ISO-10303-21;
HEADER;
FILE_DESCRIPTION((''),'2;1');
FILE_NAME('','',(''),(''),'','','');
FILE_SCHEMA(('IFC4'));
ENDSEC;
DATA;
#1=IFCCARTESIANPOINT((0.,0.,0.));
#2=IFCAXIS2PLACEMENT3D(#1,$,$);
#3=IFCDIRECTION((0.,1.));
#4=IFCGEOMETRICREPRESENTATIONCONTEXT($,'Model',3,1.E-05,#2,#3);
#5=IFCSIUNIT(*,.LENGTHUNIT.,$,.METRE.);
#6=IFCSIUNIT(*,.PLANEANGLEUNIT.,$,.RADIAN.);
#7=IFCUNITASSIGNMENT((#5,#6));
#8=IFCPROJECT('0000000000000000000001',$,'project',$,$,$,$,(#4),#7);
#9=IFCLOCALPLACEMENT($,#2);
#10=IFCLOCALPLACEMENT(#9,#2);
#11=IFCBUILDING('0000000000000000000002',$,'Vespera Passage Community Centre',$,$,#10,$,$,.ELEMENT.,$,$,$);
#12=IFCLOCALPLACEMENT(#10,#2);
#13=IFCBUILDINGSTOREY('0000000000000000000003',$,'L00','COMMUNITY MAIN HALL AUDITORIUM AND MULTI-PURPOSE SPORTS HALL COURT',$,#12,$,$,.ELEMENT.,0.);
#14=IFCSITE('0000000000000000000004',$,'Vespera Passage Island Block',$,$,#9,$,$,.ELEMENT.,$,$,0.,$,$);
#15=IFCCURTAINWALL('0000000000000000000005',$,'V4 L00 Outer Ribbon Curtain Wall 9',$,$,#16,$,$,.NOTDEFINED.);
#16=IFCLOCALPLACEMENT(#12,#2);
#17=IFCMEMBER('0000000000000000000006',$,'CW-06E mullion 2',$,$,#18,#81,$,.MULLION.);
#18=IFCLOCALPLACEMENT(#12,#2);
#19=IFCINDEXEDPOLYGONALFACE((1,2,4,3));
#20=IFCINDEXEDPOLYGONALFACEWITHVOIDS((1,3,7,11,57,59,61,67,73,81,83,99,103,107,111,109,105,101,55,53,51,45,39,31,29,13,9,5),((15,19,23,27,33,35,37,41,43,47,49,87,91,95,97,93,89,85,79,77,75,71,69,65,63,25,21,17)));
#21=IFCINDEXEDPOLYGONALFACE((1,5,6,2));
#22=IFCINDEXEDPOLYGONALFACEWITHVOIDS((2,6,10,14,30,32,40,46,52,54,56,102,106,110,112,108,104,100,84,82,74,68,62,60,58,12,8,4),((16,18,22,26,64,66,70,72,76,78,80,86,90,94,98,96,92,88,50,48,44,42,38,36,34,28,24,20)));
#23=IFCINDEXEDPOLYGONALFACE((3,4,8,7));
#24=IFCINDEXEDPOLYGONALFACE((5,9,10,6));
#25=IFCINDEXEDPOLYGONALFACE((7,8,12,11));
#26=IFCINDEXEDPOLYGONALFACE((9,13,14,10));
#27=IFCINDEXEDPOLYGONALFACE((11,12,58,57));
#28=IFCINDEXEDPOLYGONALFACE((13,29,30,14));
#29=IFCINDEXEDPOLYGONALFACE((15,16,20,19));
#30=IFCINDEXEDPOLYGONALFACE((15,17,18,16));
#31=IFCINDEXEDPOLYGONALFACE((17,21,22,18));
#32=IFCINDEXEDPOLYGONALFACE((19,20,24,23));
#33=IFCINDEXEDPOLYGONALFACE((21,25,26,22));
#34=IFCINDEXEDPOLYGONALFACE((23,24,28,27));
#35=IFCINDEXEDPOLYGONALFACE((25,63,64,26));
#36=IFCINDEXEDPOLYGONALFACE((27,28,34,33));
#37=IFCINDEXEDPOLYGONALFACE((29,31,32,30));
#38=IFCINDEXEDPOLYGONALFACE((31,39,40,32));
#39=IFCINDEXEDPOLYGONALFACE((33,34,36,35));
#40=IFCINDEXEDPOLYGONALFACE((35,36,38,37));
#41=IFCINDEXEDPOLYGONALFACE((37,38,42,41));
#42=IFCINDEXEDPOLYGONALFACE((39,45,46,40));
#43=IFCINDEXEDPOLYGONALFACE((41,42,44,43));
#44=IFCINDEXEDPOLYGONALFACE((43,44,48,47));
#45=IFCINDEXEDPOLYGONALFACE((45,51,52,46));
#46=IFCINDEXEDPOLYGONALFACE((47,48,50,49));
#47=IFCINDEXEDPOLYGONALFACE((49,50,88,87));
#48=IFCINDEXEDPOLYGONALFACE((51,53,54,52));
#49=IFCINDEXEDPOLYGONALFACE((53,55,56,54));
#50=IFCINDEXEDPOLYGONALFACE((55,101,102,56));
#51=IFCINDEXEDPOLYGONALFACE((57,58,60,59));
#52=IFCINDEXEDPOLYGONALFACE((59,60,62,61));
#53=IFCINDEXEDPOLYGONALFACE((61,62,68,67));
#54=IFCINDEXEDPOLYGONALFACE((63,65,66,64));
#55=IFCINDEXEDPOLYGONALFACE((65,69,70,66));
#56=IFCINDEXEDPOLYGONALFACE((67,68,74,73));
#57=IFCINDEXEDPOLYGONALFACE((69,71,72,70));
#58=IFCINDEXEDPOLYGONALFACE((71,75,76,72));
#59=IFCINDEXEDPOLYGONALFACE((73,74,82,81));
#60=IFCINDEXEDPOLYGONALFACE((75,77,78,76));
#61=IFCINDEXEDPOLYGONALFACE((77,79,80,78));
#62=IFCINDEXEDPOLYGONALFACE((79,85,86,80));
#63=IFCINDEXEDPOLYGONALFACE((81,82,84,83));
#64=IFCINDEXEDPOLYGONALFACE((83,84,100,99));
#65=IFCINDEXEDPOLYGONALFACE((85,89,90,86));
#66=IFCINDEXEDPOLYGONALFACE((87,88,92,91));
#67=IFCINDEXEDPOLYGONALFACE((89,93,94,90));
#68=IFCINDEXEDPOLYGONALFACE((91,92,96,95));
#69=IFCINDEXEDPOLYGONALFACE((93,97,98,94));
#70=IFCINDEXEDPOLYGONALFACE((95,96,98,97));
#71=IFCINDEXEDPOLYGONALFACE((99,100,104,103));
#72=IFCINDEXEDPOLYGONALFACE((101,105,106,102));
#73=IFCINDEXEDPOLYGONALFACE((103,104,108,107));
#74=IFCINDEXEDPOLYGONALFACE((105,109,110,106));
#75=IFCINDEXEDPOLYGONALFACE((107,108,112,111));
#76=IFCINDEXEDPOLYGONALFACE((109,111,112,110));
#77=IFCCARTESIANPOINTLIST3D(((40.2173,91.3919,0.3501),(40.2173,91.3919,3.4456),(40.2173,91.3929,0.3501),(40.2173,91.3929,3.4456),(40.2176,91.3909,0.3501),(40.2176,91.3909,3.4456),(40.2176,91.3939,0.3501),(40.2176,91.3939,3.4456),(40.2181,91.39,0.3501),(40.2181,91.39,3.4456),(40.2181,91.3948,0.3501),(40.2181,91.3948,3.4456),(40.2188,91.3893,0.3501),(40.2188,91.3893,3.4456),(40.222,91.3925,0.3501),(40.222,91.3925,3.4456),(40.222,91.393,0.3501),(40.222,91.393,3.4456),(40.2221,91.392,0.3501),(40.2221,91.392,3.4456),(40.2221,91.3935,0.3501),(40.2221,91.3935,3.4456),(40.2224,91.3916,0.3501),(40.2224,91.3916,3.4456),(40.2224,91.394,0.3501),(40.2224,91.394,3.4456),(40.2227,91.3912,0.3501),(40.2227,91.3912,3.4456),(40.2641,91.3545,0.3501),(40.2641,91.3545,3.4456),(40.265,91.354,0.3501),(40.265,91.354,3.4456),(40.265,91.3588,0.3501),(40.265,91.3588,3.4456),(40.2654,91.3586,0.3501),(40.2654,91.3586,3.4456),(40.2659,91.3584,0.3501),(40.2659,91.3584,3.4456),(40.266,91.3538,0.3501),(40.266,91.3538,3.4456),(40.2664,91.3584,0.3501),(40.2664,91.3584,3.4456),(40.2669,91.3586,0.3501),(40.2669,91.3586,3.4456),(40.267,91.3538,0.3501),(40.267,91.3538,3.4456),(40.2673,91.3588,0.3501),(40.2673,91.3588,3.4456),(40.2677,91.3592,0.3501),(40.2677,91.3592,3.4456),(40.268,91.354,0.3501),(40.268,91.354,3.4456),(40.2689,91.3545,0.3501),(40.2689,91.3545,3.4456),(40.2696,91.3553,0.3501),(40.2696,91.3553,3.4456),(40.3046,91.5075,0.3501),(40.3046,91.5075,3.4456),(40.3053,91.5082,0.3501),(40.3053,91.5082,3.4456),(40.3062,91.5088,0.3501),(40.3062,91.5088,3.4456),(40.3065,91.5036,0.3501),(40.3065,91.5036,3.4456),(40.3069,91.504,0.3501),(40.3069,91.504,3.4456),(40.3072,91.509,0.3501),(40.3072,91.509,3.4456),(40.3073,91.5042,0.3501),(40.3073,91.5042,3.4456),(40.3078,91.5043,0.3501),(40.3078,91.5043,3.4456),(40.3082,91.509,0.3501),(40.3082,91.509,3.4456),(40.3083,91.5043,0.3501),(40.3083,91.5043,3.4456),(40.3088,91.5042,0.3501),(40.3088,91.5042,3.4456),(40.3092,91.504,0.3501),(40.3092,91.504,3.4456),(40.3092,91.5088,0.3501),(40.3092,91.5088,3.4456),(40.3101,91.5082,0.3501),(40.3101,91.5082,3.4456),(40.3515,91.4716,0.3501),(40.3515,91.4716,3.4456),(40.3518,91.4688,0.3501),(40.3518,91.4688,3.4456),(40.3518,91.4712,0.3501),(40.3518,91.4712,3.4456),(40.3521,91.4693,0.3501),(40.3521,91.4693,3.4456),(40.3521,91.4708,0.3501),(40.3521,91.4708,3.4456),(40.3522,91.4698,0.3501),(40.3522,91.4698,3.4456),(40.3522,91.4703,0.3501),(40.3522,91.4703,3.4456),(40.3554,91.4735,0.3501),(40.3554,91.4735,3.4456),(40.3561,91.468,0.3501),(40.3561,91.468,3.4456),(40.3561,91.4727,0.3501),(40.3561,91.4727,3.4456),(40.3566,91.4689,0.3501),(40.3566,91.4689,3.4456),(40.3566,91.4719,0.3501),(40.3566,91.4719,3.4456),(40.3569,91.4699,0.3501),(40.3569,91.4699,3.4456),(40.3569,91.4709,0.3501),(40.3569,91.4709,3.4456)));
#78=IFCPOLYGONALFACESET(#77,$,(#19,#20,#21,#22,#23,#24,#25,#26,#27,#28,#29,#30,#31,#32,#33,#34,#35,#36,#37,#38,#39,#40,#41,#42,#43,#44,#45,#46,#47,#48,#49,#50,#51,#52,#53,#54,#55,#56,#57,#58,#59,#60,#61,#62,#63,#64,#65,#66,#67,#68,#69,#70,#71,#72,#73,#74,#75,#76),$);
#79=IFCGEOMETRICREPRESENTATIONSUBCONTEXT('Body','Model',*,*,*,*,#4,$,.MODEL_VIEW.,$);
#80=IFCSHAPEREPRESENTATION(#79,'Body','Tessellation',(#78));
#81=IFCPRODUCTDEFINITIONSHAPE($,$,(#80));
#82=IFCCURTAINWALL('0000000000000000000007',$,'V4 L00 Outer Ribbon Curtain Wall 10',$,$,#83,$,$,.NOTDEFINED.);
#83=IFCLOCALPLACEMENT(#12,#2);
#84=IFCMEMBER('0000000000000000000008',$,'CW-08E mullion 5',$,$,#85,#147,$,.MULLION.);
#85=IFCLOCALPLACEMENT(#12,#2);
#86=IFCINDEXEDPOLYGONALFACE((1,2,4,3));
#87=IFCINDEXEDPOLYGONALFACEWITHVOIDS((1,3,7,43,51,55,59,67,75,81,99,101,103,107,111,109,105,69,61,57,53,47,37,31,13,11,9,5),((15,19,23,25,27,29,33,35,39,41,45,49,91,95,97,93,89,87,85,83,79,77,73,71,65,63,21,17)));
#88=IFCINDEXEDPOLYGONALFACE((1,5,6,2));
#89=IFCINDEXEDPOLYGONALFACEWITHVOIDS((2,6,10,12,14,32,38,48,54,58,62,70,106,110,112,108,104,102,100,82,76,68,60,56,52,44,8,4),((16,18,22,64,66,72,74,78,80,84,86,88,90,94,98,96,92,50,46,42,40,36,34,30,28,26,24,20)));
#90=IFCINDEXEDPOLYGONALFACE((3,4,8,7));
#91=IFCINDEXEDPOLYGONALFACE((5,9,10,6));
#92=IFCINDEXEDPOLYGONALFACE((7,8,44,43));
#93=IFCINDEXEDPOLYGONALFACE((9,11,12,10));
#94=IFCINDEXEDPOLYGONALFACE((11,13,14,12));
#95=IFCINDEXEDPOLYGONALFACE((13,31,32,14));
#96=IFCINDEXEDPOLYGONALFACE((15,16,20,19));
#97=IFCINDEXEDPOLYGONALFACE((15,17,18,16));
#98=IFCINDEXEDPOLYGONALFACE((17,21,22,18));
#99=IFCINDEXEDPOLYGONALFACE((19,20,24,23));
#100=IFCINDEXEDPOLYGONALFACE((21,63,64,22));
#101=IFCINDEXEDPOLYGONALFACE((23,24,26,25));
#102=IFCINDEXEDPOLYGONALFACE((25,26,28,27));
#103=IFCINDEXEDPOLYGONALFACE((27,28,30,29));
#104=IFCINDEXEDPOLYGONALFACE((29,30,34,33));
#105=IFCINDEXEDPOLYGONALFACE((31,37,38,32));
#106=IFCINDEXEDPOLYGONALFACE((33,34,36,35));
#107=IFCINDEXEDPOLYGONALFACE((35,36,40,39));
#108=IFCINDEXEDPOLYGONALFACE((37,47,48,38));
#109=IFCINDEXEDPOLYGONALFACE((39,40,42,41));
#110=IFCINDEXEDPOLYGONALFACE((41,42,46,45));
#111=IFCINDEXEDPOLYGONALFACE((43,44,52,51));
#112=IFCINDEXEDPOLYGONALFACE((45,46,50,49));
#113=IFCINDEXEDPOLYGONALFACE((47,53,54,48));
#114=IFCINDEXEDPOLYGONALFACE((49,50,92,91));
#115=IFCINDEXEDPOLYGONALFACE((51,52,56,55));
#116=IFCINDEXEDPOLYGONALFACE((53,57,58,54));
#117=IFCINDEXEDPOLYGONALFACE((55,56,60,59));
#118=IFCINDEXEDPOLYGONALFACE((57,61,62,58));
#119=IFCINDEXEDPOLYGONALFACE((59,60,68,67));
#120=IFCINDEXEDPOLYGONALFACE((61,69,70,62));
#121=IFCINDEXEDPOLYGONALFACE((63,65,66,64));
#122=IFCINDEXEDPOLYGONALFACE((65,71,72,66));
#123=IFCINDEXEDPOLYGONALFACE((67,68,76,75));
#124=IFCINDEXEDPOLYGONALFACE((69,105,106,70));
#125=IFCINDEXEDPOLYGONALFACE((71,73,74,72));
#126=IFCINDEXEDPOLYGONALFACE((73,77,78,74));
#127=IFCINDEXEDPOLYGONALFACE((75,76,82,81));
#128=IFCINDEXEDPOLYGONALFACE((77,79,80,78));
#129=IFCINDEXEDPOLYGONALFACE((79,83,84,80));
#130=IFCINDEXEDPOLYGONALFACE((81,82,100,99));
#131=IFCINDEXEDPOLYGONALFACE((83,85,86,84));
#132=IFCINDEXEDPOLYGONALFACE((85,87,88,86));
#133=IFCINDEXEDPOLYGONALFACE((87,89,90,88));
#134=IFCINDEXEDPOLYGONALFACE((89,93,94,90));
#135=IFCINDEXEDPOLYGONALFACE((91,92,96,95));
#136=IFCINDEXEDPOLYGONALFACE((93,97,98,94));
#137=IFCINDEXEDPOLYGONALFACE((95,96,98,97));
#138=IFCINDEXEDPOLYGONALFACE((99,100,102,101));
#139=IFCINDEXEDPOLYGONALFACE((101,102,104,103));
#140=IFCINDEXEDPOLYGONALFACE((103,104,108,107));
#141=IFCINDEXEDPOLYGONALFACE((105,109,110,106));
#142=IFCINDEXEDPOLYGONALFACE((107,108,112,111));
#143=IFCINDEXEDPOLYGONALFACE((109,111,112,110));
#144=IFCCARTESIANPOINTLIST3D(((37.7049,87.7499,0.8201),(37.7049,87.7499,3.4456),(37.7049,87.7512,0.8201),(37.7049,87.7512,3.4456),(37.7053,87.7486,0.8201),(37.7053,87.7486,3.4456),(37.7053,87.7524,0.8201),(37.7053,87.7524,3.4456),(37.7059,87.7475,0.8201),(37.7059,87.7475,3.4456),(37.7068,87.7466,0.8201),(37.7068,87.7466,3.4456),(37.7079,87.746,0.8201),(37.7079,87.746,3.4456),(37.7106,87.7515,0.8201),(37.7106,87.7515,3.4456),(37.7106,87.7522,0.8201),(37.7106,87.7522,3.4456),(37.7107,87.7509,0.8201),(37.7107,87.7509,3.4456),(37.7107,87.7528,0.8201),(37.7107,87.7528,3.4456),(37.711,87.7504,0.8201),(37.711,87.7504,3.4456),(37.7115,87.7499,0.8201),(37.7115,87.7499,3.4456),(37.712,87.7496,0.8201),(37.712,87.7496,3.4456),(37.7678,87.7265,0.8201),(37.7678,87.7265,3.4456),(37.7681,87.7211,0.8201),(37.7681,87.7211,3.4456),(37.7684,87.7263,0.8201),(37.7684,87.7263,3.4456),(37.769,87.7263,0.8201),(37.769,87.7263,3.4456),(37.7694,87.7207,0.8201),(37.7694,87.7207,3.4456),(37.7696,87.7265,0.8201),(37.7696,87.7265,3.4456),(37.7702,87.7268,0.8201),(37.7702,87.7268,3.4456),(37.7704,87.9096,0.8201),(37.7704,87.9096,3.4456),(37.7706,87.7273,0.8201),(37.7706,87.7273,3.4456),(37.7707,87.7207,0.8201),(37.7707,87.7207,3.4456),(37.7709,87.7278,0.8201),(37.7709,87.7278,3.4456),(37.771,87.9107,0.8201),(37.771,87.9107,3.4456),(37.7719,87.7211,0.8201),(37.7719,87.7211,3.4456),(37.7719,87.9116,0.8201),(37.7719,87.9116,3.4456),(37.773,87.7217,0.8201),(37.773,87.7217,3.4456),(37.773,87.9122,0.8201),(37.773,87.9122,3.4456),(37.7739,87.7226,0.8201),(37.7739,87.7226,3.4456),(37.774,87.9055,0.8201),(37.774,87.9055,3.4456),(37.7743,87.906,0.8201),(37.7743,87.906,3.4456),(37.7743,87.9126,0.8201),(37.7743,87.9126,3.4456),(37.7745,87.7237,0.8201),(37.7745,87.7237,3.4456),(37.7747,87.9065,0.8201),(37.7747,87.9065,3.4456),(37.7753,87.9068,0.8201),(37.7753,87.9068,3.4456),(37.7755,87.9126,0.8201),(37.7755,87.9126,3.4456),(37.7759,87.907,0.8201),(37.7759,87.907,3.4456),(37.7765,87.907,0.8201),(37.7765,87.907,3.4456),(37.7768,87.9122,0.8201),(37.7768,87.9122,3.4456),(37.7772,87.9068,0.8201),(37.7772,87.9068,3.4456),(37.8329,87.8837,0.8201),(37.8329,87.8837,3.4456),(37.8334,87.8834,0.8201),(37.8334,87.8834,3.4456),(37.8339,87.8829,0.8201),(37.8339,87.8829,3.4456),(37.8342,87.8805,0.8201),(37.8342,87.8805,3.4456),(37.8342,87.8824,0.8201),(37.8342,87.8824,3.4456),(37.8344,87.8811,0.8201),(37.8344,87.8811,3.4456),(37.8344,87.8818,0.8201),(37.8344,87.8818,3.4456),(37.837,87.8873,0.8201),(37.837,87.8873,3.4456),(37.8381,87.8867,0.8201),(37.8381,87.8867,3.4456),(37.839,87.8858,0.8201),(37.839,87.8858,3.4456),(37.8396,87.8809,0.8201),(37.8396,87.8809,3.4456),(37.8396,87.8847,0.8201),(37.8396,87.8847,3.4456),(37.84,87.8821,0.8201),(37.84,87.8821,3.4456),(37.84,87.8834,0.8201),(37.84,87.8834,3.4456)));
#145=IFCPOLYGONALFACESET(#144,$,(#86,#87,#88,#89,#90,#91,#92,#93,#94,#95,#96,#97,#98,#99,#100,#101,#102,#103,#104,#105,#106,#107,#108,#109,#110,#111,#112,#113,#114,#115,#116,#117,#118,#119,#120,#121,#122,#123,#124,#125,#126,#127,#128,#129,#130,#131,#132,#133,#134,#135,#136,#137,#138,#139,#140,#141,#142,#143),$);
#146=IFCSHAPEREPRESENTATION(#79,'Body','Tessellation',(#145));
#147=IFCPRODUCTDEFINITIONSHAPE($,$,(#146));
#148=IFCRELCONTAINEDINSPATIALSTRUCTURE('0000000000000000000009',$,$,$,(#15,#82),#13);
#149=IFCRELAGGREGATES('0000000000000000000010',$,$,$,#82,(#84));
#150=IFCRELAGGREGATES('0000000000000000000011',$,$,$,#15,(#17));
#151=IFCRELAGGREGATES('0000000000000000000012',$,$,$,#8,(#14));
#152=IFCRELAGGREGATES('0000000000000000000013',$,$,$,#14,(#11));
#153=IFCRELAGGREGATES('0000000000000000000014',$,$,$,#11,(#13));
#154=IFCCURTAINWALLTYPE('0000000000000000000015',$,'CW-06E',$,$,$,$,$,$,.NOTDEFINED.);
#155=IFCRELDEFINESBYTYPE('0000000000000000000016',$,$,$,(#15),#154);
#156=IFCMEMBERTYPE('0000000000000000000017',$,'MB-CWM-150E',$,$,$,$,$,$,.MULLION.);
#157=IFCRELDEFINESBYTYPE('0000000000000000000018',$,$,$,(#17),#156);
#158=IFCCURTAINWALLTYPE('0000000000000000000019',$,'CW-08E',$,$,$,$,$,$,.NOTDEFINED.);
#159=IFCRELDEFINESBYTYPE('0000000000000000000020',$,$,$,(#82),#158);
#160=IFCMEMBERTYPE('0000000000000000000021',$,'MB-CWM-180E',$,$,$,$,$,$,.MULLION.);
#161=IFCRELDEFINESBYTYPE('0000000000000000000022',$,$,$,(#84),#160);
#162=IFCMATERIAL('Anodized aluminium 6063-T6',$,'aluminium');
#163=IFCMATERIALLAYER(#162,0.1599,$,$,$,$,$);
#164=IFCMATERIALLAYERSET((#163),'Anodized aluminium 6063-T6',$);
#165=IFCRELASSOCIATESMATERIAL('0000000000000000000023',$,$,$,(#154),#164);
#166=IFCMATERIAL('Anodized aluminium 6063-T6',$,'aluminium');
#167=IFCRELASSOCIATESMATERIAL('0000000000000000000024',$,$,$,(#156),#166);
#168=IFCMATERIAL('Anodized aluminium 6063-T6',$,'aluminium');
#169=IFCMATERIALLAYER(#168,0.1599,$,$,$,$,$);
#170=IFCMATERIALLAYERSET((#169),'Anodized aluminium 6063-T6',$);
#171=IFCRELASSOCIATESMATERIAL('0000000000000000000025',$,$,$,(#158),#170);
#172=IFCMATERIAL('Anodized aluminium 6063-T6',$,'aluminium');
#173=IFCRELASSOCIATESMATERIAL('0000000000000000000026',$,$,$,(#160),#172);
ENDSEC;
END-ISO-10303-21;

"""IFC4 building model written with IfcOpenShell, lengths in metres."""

from ifc_helpers import new_model, si_unit, direction, frame, origin, origin_2d, place, context, subcontext, project, spatial, hollow_rectangle, extrude, material, layer, layer_set, material_profile, profile_set, type_object, element, aggregate, save


model = new_model("IFC4")

# Units and contexts
model_context = context("Model", 3, precision=1e-05, world=origin(), true_north=direction((0.0, 1.0)))
body_context = subcontext(model_context, "Body", "Model", "MODEL_VIEW")
ifc_project = project(units=[si_unit("LENGTHUNIT", "METRE"), si_unit("PLANEANGLEUNIT", "RADIAN")], contexts=[model_context])

# Site, building, storey
site_placement = place(None, origin())
site = spatial("IfcSite", under=ifc_project, at=site_placement, Name="Vespera Passage Island Block", CompositionType="ELEMENT", RefElevation=0.0)
building_placement = place(site_placement, origin())
building = spatial("IfcBuilding", under=site, at=building_placement, Name="Vespera Passage Community Centre", CompositionType="ELEMENT")
storey_placement = place(building_placement, origin())
storey = spatial("IfcBuildingStorey", under=building, at=storey_placement, Name="L00", Description="COMMUNITY MAIN HALL AUDITORIUM AND MULTI-PURPOSE SPORTS HALL COURT", CompositionType="ELEMENT", Elevation=0.0)

# Curtain wall, member
ifc_material_1 = material(Name="Anodized aluminium 6063-T6", Category="aluminium")
ifc_layer_1 = layer(ifc_material_1, 0.1599)
ifc_layer_set_1 = layer_set([ifc_layer_1], Name="Anodized aluminium 6063-T6")
curtain_wall_type_1 = type_object("IfcCurtainWallType", Name="CW-06E", PredefinedType="NOTDEFINED", material=ifc_layer_set_1)
curtain_wall_1_placement = place(storey_placement, origin())
curtain_wall_1 = element("IfcCurtainWall", 1, at=curtain_wall_1_placement, inside=storey, type_object=curtain_wall_type_1, Name="V4 L00 Outer Ribbon Curtain Wall 9", PredefinedType="NOTDEFINED")
ifc_material_2 = material(Name="Anodized aluminium 6063-T6", Category="aluminium")
ifc_material_profile_1 = material_profile(ifc_material_2, hollow_rectangle(XDim=0.0649, YDim=0.1499, WallThickness=0.0039, InnerFilletRadius=0.002, OuterFilletRadius=0.0039, at=origin_2d()), Name="ALU150X65X4")
ifc_profile_set_1 = profile_set([ifc_material_profile_1], Name="Anodized aluminium 6063-T6")
member_type_1 = type_object("IfcMemberType", Name="MB-CWM-150E", PredefinedType="MULLION", material=ifc_profile_set_1)
member_1_placement = place(storey_placement, frame((40.2871, 91.4314, 0.3501), z_axis=(0.0, 0.0, 1.0), x_axis=(-0.79335, 0.608765, 0.0)))
member_1 = element("IfcMember", 2, at=member_1_placement, type_object=member_type_1, Name="CW-06E mullion 2", PredefinedType="MULLION", context=body_context, shape_type="SweptSolid", body=[
    extrude(hollow_rectangle(XDim=0.0649, YDim=0.1499, WallThickness=0.0039, InnerFilletRadius=0.002, OuterFilletRadius=0.0039, at=origin_2d()), origin(), (0.0, 0.0, 1.0), 3.0955),
])

# Curtain wall, member
ifc_material_3 = material(Name="Anodized aluminium 6063-T6", Category="aluminium")
ifc_layer_2 = layer(ifc_material_3, 0.1599)
ifc_layer_set_2 = layer_set([ifc_layer_2], Name="Anodized aluminium 6063-T6")
curtain_wall_type_2 = type_object("IfcCurtainWallType", Name="CW-08E", PredefinedType="NOTDEFINED", material=ifc_layer_set_2)
curtain_wall_2_placement = place(storey_placement, origin())
curtain_wall_2 = element("IfcCurtainWall", 3, at=curtain_wall_2_placement, inside=storey, type_object=curtain_wall_type_2, Name="V4 L00 Outer Ribbon Curtain Wall 10", PredefinedType="NOTDEFINED")
ifc_material_4 = material(Name="Anodized aluminium 6063-T6", Category="aluminium")
ifc_material_profile_2 = material_profile(ifc_material_4, hollow_rectangle(XDim=0.075, YDim=0.1799, WallThickness=0.0049, InnerFilletRadius=0.0024, OuterFilletRadius=0.0049, at=origin_2d()), Name="ALU180X75X5")
ifc_profile_set_2 = profile_set([ifc_material_profile_2], Name="Anodized aluminium 6063-T6")
member_type_2 = type_object("IfcMemberType", Name="MB-CWM-180E", PredefinedType="MULLION", material=ifc_profile_set_2)
member_2_placement = place(storey_placement, frame((37.7725, 87.8167, 0.8201), z_axis=(0.0, 0.0, 1.0), x_axis=(-0.923881, 0.382679, 0.0)))
member_2 = element("IfcMember", 4, at=member_2_placement, type_object=member_type_2, Name="CW-08E mullion 5", PredefinedType="MULLION", context=body_context, shape_type="SweptSolid", body=[
    extrude(hollow_rectangle(XDim=0.075, YDim=0.1799, WallThickness=0.0049, InnerFilletRadius=0.0024, OuterFilletRadius=0.0049, at=origin_2d()), origin(), (0.0, 0.0, 1.0), 2.6255),
])
aggregate(curtain_wall_2, [member_2])

aggregate(curtain_wall_1, [member_1])

save(model, "model.ifc")
